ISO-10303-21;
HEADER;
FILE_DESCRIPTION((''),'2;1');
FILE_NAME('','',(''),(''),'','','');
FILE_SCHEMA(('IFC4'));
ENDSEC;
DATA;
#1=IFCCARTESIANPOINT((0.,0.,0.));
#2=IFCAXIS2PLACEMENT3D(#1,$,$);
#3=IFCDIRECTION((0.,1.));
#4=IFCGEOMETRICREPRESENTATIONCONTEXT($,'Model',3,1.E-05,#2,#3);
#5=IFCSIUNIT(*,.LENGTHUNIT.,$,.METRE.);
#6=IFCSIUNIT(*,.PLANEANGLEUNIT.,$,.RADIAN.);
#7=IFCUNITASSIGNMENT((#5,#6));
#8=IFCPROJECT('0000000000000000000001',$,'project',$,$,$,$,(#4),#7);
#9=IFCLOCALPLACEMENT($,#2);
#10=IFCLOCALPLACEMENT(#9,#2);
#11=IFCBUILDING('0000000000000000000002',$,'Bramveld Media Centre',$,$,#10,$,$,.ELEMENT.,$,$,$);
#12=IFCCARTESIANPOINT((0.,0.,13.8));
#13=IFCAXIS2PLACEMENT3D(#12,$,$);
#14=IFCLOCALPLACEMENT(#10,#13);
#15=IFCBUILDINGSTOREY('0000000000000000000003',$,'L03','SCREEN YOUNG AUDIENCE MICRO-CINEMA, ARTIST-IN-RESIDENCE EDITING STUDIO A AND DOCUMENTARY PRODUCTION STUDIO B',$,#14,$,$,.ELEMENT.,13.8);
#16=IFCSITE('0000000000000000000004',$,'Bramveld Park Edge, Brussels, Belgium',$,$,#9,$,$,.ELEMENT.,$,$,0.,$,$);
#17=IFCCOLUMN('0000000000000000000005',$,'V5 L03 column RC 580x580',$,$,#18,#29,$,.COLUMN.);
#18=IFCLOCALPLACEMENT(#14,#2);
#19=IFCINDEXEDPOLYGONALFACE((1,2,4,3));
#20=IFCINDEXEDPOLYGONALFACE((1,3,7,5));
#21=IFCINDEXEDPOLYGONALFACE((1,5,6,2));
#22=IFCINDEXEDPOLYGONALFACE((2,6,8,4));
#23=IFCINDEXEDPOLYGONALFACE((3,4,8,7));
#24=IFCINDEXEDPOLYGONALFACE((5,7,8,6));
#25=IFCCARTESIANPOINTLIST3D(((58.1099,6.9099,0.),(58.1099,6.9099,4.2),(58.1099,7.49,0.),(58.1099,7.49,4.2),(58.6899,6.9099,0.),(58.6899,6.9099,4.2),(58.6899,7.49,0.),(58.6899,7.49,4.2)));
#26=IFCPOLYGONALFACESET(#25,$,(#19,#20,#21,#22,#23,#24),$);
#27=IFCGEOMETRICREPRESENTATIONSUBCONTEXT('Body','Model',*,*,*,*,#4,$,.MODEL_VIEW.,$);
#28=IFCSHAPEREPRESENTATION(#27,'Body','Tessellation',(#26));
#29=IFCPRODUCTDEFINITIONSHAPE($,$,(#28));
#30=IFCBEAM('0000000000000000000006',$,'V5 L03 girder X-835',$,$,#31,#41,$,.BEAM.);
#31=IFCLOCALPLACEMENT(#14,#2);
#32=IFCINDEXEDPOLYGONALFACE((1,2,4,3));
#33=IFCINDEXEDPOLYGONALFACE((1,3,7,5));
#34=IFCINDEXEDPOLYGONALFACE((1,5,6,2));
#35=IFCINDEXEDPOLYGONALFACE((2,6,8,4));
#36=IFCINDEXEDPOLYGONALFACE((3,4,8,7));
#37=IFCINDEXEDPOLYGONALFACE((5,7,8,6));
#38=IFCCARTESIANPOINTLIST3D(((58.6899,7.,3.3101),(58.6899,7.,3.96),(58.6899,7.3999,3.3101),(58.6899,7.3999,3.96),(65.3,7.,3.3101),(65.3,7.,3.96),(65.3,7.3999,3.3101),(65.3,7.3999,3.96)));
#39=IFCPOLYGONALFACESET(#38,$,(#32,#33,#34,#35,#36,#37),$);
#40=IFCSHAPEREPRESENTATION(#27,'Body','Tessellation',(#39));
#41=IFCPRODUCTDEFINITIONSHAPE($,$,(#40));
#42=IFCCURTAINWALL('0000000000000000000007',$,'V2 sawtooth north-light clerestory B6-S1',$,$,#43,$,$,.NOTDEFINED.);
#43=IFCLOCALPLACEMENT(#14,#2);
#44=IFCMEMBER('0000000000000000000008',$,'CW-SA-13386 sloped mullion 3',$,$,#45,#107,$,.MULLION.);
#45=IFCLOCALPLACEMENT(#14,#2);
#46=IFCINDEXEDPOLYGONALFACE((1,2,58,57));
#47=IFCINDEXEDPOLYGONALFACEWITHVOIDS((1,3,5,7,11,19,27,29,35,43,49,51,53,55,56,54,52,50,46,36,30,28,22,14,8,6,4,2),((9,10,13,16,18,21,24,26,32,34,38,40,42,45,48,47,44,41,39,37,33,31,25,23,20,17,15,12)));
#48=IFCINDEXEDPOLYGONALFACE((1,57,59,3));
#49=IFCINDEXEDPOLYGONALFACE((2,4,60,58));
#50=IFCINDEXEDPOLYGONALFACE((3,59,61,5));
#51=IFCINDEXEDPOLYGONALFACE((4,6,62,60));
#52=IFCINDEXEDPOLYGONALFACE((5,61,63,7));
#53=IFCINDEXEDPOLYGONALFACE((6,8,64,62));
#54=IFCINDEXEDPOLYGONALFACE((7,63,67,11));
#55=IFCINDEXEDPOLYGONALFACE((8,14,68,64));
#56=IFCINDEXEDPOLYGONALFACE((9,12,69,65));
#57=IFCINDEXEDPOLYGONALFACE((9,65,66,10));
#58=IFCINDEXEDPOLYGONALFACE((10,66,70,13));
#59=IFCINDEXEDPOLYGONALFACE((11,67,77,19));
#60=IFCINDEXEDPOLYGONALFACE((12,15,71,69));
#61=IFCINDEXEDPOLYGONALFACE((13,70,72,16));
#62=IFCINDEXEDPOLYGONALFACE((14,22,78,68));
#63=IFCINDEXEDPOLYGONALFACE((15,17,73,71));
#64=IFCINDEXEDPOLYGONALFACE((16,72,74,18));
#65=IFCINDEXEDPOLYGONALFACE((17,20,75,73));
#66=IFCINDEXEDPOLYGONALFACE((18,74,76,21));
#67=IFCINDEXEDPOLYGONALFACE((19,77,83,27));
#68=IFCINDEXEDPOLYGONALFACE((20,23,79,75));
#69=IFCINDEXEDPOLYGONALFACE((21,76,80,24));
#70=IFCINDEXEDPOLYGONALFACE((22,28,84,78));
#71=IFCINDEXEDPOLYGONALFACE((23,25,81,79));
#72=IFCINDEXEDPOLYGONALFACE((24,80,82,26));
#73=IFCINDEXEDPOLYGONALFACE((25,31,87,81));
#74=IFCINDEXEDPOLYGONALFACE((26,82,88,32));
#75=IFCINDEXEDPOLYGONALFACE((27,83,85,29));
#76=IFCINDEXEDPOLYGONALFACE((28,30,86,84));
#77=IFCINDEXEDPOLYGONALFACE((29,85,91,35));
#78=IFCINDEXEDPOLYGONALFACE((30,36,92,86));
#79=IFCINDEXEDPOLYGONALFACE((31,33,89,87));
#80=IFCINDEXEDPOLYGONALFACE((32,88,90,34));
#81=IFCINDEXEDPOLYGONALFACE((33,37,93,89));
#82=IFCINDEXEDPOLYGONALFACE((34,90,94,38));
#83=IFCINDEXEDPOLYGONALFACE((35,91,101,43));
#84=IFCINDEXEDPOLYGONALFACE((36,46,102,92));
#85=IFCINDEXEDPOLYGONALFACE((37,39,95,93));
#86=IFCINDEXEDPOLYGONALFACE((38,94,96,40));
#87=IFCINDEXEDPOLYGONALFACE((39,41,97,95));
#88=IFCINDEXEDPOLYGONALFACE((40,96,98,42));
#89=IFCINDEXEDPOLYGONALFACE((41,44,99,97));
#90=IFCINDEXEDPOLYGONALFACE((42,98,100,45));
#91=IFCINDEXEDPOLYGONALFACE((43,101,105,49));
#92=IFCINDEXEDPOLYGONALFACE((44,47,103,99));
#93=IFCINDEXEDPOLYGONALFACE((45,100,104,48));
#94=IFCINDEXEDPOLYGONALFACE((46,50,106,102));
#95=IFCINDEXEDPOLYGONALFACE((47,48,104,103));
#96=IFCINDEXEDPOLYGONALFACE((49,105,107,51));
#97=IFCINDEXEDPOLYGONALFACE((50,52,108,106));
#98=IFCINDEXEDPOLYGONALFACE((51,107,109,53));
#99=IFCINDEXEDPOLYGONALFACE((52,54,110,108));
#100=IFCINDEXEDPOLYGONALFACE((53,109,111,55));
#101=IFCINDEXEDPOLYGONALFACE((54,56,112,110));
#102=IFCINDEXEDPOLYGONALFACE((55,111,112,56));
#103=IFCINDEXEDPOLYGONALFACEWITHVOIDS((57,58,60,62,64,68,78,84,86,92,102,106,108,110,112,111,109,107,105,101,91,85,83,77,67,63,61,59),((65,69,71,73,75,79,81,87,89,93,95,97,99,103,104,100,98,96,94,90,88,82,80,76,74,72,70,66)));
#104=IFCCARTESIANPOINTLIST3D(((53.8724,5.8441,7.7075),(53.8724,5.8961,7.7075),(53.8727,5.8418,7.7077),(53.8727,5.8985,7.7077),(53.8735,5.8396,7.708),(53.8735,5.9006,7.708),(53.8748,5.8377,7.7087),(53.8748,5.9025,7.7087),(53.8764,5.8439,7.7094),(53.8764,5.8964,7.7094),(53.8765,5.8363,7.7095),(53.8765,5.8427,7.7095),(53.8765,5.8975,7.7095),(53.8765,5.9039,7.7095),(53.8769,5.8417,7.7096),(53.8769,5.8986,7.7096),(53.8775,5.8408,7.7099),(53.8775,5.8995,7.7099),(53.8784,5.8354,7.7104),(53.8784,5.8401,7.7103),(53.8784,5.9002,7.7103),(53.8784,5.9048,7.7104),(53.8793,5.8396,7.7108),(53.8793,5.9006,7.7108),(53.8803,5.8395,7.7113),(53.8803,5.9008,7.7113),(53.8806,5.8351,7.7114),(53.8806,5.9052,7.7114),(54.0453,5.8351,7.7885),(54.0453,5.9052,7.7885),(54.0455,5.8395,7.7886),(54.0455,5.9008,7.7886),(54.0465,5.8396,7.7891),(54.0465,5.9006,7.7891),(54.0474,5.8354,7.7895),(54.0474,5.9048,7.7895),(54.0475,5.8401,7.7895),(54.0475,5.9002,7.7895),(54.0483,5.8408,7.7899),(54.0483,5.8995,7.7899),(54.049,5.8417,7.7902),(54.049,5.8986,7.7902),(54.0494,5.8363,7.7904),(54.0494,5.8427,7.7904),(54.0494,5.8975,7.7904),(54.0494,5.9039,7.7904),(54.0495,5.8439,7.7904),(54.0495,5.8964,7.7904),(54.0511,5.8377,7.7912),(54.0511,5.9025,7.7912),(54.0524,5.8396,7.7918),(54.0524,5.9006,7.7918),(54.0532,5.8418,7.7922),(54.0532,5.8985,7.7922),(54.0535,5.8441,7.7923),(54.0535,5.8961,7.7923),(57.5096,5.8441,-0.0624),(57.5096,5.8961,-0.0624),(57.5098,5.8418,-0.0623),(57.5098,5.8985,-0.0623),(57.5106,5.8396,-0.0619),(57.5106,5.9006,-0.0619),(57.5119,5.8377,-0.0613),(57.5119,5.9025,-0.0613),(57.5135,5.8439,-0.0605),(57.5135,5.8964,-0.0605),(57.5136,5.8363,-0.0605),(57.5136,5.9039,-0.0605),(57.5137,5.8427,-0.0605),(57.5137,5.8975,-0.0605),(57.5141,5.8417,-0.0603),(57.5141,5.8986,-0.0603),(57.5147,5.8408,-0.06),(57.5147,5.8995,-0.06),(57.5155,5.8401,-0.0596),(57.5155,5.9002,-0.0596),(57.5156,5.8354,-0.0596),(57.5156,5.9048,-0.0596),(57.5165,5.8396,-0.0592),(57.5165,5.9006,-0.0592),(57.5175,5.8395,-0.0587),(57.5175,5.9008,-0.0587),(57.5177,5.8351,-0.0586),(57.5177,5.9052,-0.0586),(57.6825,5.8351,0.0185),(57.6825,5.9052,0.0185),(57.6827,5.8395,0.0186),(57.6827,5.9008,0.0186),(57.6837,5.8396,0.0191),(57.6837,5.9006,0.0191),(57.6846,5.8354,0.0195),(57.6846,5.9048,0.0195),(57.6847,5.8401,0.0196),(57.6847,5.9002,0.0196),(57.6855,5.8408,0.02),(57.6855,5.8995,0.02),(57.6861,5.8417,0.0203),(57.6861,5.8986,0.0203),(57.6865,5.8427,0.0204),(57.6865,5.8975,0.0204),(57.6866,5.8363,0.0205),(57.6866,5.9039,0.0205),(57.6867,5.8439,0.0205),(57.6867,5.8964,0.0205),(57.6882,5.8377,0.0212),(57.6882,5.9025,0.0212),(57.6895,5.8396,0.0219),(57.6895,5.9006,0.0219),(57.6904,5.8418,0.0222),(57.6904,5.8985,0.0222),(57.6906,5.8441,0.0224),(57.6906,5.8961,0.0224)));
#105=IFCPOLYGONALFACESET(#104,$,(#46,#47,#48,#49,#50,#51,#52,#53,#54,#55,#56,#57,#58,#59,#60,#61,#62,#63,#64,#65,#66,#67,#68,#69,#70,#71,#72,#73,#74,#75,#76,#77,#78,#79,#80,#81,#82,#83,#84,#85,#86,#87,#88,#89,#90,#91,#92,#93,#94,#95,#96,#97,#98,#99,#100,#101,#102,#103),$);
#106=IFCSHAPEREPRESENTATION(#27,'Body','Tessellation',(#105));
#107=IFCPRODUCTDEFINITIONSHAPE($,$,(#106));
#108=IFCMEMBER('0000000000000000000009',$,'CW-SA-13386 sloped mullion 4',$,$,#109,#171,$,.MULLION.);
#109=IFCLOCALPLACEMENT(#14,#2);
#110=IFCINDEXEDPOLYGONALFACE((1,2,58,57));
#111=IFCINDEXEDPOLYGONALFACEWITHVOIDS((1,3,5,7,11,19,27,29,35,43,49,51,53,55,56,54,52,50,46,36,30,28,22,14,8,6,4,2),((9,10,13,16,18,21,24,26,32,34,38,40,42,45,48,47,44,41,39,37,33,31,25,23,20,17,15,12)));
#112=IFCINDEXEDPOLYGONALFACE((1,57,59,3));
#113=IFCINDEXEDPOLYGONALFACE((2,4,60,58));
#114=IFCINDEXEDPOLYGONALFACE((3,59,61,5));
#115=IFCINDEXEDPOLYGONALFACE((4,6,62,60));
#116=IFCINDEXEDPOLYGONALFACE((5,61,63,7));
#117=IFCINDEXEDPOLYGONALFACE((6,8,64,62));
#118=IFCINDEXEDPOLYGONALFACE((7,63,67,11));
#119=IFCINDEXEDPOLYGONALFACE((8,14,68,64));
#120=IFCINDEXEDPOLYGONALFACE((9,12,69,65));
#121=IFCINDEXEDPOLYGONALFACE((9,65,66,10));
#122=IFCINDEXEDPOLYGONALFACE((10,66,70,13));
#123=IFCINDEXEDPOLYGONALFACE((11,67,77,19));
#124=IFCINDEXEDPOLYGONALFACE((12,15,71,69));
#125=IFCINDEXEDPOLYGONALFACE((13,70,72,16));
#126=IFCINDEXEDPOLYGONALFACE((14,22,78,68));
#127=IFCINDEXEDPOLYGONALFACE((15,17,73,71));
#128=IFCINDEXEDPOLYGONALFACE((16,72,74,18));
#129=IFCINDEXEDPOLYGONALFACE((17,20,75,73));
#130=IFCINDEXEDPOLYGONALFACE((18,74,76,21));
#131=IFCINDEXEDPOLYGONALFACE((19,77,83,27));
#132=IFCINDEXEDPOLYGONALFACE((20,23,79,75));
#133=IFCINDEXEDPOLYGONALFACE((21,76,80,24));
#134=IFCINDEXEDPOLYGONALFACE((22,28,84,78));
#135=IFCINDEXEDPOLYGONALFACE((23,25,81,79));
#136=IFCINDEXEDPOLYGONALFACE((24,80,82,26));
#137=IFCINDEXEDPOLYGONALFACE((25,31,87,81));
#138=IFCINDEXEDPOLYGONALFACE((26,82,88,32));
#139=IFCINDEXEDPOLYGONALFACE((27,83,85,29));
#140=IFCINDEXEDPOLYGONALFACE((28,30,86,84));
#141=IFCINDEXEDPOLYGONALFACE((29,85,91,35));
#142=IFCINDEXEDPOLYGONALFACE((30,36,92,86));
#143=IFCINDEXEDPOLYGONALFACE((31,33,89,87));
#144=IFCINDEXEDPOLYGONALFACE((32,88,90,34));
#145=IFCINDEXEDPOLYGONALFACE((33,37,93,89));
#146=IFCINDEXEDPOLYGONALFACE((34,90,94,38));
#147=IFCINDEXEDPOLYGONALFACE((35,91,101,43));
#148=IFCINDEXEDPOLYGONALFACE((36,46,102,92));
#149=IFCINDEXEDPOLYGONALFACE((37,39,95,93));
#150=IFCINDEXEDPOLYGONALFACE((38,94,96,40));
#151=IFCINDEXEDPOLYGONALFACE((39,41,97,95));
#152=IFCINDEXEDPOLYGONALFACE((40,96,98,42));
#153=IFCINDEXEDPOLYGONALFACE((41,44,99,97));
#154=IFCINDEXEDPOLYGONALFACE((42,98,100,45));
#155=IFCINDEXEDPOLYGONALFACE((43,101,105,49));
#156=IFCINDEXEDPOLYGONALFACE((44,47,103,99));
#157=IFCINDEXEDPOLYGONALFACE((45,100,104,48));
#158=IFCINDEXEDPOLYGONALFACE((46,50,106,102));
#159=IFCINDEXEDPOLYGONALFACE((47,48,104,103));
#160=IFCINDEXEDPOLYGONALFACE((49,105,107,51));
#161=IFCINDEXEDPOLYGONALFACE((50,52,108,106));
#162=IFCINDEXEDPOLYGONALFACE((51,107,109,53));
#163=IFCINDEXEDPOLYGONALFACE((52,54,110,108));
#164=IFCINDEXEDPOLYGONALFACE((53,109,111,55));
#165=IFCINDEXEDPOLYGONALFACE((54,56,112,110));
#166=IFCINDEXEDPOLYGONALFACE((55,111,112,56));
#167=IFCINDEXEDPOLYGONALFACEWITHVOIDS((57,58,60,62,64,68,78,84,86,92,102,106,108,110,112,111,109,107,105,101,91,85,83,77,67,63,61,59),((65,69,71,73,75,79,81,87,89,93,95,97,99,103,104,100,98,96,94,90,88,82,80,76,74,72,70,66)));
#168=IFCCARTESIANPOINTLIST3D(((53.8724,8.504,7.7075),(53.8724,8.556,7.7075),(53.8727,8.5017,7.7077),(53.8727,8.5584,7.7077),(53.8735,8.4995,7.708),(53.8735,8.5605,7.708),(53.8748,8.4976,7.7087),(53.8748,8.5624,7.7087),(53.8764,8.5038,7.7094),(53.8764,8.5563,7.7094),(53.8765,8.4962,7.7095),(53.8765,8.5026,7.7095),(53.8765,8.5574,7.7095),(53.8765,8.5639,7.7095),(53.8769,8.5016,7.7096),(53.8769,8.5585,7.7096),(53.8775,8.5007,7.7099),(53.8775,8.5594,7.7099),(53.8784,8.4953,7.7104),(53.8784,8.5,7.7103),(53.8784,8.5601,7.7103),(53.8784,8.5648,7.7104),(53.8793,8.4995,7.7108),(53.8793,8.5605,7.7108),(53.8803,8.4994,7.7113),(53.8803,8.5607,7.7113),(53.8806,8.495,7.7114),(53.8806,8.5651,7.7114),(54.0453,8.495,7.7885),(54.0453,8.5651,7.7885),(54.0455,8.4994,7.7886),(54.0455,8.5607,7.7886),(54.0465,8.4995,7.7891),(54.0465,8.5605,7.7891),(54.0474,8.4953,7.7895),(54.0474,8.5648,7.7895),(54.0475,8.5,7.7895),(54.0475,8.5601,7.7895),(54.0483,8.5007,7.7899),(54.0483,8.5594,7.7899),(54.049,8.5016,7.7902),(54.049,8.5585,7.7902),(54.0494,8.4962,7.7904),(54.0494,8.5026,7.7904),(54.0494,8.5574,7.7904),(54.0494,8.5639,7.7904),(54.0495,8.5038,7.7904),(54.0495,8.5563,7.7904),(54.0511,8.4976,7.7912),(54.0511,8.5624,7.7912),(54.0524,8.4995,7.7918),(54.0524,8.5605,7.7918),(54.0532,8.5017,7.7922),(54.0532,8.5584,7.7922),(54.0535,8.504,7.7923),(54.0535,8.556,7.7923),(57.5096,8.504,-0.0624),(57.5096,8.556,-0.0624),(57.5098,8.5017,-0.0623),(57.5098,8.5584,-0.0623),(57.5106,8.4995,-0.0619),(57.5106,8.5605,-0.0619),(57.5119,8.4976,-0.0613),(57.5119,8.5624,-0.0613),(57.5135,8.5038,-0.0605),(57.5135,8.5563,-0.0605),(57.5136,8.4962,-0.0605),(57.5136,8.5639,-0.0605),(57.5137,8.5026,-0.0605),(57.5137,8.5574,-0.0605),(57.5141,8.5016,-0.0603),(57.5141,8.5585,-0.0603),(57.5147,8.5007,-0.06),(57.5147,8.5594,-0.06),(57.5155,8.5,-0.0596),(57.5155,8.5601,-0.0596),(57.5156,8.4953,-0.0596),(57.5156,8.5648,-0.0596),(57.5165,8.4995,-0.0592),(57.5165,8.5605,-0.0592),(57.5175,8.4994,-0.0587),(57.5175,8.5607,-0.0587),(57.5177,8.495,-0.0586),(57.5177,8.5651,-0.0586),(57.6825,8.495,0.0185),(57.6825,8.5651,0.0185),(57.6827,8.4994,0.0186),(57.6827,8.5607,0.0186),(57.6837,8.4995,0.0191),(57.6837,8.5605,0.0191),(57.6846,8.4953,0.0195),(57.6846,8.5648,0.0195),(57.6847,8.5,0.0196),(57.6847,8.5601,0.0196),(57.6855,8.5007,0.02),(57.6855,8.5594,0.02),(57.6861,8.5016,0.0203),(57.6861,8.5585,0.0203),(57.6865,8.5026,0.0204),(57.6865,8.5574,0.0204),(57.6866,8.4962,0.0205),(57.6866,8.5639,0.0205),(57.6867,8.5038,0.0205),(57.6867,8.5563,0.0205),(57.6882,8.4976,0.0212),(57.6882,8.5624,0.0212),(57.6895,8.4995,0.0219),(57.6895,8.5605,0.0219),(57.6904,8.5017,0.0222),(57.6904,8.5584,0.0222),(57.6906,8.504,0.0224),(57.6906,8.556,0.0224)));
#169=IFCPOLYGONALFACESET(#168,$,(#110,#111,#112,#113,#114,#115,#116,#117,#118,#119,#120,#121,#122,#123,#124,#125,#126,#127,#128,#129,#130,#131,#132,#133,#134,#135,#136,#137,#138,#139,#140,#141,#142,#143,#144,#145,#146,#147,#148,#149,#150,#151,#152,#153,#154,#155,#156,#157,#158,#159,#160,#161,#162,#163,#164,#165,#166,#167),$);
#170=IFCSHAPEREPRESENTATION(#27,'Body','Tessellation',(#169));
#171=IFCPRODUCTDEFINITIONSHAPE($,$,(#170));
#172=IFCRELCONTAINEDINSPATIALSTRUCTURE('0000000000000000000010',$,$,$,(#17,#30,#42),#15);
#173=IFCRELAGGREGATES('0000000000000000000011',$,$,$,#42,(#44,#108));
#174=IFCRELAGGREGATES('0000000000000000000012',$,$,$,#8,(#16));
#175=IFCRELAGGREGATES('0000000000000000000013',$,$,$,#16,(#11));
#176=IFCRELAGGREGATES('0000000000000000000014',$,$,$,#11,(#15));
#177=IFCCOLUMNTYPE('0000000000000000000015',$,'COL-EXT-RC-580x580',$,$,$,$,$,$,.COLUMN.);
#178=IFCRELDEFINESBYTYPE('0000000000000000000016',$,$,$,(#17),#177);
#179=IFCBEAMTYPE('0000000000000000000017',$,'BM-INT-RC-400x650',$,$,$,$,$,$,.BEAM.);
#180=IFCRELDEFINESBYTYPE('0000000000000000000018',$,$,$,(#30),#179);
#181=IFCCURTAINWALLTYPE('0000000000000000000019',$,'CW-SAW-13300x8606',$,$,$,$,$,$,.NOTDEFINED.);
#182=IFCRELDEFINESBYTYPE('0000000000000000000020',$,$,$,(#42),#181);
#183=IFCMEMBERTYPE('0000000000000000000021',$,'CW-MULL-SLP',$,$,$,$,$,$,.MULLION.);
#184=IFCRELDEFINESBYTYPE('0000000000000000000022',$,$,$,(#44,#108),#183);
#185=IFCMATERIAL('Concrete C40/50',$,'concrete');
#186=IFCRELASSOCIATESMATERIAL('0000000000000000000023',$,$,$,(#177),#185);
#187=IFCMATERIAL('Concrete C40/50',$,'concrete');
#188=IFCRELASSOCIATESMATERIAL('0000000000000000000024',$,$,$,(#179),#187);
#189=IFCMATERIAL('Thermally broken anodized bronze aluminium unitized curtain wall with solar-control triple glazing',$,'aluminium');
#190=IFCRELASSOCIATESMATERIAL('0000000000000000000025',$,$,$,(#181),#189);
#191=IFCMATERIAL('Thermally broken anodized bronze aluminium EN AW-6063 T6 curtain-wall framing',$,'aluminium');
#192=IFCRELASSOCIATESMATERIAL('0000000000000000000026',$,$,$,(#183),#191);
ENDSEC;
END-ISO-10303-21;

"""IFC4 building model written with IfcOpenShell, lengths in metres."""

from ifc_helpers import new_model, si_unit, direction, frame, origin, origin_2d, place, context, subcontext, project, spatial, rectangle, hollow_rectangle, extrude, material, material_profile, profile_set, type_object, element, aggregate, save


model = new_model("IFC4")

# Units and contexts
model_context = context("Model", 3, precision=1e-05, world=origin(), true_north=direction((0.0, 1.0)))
body_context = subcontext(model_context, "Body", "Model", "MODEL_VIEW")
ifc_project = project(units=[si_unit("LENGTHUNIT", "METRE"), si_unit("PLANEANGLEUNIT", "RADIAN")], contexts=[model_context])

# Site, building, storey
site_placement = place(None, origin())
site = spatial("IfcSite", under=ifc_project, at=site_placement, Name="Bramveld Park Edge, Brussels, Belgium", CompositionType="ELEMENT", RefElevation=0.0)
building_placement = place(site_placement, origin())
building = spatial("IfcBuilding", under=site, at=building_placement, Name="Bramveld Media Centre", CompositionType="ELEMENT")
storey_placement = place(building_placement, frame((0.0, 0.0, 13.8)))
storey = spatial("IfcBuildingStorey", under=building, at=storey_placement, Name="L03", Description="SCREEN YOUNG AUDIENCE MICRO-CINEMA, ARTIST-IN-RESIDENCE EDITING STUDIO A AND DOCUMENTARY PRODUCTION STUDIO B", CompositionType="ELEMENT", Elevation=13.8)

# Column
ifc_material_1 = material(Name="Concrete C40/50", Category="concrete")
ifc_material_profile_1 = material_profile(ifc_material_1, rectangle(XDim=0.5801, YDim=0.5801, at=origin_2d()), Name="RC 580x580")
ifc_profile_set_1 = profile_set([ifc_material_profile_1], Name="Concrete C40/50")
column_type = type_object("IfcColumnType", Name="COL-EXT-RC-580x580", PredefinedType="COLUMN", material=ifc_profile_set_1)
column_placement = place(storey_placement, frame((58.3999, 7.2, 0.0), z_axis=(0.0, 0.0, 1.0), x_axis=(1.0, 0.0, 0.0)))
element("IfcColumn", 1, at=column_placement, inside=storey, type_object=column_type, Name="V5 L03 column RC 580x580", PredefinedType="COLUMN", context=body_context, shape_type="SweptSolid", body=[
    extrude(rectangle(XDim=0.5801, YDim=0.5801, at=origin_2d()), origin(), (0.0, 0.0, 1.0), 4.2),
])

# Beam
ifc_material_2 = material(Name="Concrete C40/50", Category="concrete")
ifc_material_profile_2 = material_profile(ifc_material_2, rectangle(XDim=0.3999, YDim=0.6499, at=origin_2d()), Name="RC 400x650")
ifc_profile_set_2 = profile_set([ifc_material_profile_2], Name="Concrete C40/50")
beam_type_1 = type_object("IfcBeamType", Name="BM-INT-RC-400x650", PredefinedType="BEAM", material=ifc_profile_set_2)
beam_1_placement = place(storey_placement, frame((58.6899, 7.2, 3.635), z_axis=(1.0, 0.0, 0.0), x_axis=(0.0, 1.0, 0.0)))
element("IfcBeam", 2, at=beam_1_placement, inside=storey, type_object=beam_type_1, Name="V5 L03 girder X-835", PredefinedType="BEAM", context=body_context, shape_type="SweptSolid", body=[
    extrude(rectangle(XDim=0.3999, YDim=0.6499, at=origin_2d()), origin(), (0.0, 0.0, 1.0), 6.6101),
])

# Curtain wall, members
ifc_material_3 = material(Name="Thermally broken anodized bronze aluminium unitized curtain wall with solar-control triple glazing", Category="aluminium")
curtain_wall_type = type_object("IfcCurtainWallType", Name="CW-SAW-13300x8606", PredefinedType="NOTDEFINED", material=ifc_material_3)
curtain_wall_placement = place(storey_placement, origin())
curtain_wall = element("IfcCurtainWall", 3, at=curtain_wall_placement, inside=storey, type_object=curtain_wall_type, Name="V2 sawtooth north-light clerestory B6-S1", PredefinedType="NOTDEFINED")
ifc_material_4 = material(Name="Thermally broken anodized bronze aluminium EN AW-6063 T6 curtain-wall framing", Category="aluminium")
ifc_material_profile_3 = material_profile(ifc_material_4, hollow_rectangle(XDim=0.0701, YDim=0.2, WallThickness=0.0044, InnerFilletRadius=0.0044, OuterFilletRadius=0.009, at=origin_2d()), Name="AL-MULL 70x200")
ifc_profile_set_3 = profile_set([ifc_material_profile_3], Name="Thermally broken anodized bronze aluminium EN AW-6063 T6 curtain-wall framing")
member_type_1 = type_object("IfcMemberType", Name="CW-MULL-SLP", PredefinedType="MULLION", material=ifc_profile_set_3)
member_1_placement = place(storey_placement, frame((57.6001, 5.8701, -0.02), z_axis=(-0.423957, 0.0, 0.905682), x_axis=(0.0, -1.0, 0.0)))
member_1 = element("IfcMember", 4, at=member_1_placement, type_object=member_type_1, Name="CW-SA-13386 sloped mullion 3", PredefinedType="MULLION", context=body_context, shape_type="SweptSolid", body=[
    extrude(hollow_rectangle(XDim=0.0701, YDim=0.2, WallThickness=0.0044, InnerFilletRadius=0.0044, OuterFilletRadius=0.009, at=origin_2d()), origin(), (0.0, 0.0, 1.0), 8.5791),
])
member_2_placement = place(storey_placement, frame((57.6001, 8.53, -0.02), z_axis=(-0.423957, 0.0, 0.905682), x_axis=(0.0, -1.0, 0.0)))
member_2 = element("IfcMember", 5, at=member_2_placement, type_object=member_type_1, Name="CW-SA-13386 sloped mullion 4", PredefinedType="MULLION", context=body_context, shape_type="SweptSolid", body=[
    extrude(hollow_rectangle(XDim=0.0701, YDim=0.2, WallThickness=0.0044, InnerFilletRadius=0.0044, OuterFilletRadius=0.009, at=origin_2d()), origin(), (0.0, 0.0, 1.0), 8.5791),
])

aggregate(curtain_wall, [member_1, member_2])

save(model, "model.ifc")
